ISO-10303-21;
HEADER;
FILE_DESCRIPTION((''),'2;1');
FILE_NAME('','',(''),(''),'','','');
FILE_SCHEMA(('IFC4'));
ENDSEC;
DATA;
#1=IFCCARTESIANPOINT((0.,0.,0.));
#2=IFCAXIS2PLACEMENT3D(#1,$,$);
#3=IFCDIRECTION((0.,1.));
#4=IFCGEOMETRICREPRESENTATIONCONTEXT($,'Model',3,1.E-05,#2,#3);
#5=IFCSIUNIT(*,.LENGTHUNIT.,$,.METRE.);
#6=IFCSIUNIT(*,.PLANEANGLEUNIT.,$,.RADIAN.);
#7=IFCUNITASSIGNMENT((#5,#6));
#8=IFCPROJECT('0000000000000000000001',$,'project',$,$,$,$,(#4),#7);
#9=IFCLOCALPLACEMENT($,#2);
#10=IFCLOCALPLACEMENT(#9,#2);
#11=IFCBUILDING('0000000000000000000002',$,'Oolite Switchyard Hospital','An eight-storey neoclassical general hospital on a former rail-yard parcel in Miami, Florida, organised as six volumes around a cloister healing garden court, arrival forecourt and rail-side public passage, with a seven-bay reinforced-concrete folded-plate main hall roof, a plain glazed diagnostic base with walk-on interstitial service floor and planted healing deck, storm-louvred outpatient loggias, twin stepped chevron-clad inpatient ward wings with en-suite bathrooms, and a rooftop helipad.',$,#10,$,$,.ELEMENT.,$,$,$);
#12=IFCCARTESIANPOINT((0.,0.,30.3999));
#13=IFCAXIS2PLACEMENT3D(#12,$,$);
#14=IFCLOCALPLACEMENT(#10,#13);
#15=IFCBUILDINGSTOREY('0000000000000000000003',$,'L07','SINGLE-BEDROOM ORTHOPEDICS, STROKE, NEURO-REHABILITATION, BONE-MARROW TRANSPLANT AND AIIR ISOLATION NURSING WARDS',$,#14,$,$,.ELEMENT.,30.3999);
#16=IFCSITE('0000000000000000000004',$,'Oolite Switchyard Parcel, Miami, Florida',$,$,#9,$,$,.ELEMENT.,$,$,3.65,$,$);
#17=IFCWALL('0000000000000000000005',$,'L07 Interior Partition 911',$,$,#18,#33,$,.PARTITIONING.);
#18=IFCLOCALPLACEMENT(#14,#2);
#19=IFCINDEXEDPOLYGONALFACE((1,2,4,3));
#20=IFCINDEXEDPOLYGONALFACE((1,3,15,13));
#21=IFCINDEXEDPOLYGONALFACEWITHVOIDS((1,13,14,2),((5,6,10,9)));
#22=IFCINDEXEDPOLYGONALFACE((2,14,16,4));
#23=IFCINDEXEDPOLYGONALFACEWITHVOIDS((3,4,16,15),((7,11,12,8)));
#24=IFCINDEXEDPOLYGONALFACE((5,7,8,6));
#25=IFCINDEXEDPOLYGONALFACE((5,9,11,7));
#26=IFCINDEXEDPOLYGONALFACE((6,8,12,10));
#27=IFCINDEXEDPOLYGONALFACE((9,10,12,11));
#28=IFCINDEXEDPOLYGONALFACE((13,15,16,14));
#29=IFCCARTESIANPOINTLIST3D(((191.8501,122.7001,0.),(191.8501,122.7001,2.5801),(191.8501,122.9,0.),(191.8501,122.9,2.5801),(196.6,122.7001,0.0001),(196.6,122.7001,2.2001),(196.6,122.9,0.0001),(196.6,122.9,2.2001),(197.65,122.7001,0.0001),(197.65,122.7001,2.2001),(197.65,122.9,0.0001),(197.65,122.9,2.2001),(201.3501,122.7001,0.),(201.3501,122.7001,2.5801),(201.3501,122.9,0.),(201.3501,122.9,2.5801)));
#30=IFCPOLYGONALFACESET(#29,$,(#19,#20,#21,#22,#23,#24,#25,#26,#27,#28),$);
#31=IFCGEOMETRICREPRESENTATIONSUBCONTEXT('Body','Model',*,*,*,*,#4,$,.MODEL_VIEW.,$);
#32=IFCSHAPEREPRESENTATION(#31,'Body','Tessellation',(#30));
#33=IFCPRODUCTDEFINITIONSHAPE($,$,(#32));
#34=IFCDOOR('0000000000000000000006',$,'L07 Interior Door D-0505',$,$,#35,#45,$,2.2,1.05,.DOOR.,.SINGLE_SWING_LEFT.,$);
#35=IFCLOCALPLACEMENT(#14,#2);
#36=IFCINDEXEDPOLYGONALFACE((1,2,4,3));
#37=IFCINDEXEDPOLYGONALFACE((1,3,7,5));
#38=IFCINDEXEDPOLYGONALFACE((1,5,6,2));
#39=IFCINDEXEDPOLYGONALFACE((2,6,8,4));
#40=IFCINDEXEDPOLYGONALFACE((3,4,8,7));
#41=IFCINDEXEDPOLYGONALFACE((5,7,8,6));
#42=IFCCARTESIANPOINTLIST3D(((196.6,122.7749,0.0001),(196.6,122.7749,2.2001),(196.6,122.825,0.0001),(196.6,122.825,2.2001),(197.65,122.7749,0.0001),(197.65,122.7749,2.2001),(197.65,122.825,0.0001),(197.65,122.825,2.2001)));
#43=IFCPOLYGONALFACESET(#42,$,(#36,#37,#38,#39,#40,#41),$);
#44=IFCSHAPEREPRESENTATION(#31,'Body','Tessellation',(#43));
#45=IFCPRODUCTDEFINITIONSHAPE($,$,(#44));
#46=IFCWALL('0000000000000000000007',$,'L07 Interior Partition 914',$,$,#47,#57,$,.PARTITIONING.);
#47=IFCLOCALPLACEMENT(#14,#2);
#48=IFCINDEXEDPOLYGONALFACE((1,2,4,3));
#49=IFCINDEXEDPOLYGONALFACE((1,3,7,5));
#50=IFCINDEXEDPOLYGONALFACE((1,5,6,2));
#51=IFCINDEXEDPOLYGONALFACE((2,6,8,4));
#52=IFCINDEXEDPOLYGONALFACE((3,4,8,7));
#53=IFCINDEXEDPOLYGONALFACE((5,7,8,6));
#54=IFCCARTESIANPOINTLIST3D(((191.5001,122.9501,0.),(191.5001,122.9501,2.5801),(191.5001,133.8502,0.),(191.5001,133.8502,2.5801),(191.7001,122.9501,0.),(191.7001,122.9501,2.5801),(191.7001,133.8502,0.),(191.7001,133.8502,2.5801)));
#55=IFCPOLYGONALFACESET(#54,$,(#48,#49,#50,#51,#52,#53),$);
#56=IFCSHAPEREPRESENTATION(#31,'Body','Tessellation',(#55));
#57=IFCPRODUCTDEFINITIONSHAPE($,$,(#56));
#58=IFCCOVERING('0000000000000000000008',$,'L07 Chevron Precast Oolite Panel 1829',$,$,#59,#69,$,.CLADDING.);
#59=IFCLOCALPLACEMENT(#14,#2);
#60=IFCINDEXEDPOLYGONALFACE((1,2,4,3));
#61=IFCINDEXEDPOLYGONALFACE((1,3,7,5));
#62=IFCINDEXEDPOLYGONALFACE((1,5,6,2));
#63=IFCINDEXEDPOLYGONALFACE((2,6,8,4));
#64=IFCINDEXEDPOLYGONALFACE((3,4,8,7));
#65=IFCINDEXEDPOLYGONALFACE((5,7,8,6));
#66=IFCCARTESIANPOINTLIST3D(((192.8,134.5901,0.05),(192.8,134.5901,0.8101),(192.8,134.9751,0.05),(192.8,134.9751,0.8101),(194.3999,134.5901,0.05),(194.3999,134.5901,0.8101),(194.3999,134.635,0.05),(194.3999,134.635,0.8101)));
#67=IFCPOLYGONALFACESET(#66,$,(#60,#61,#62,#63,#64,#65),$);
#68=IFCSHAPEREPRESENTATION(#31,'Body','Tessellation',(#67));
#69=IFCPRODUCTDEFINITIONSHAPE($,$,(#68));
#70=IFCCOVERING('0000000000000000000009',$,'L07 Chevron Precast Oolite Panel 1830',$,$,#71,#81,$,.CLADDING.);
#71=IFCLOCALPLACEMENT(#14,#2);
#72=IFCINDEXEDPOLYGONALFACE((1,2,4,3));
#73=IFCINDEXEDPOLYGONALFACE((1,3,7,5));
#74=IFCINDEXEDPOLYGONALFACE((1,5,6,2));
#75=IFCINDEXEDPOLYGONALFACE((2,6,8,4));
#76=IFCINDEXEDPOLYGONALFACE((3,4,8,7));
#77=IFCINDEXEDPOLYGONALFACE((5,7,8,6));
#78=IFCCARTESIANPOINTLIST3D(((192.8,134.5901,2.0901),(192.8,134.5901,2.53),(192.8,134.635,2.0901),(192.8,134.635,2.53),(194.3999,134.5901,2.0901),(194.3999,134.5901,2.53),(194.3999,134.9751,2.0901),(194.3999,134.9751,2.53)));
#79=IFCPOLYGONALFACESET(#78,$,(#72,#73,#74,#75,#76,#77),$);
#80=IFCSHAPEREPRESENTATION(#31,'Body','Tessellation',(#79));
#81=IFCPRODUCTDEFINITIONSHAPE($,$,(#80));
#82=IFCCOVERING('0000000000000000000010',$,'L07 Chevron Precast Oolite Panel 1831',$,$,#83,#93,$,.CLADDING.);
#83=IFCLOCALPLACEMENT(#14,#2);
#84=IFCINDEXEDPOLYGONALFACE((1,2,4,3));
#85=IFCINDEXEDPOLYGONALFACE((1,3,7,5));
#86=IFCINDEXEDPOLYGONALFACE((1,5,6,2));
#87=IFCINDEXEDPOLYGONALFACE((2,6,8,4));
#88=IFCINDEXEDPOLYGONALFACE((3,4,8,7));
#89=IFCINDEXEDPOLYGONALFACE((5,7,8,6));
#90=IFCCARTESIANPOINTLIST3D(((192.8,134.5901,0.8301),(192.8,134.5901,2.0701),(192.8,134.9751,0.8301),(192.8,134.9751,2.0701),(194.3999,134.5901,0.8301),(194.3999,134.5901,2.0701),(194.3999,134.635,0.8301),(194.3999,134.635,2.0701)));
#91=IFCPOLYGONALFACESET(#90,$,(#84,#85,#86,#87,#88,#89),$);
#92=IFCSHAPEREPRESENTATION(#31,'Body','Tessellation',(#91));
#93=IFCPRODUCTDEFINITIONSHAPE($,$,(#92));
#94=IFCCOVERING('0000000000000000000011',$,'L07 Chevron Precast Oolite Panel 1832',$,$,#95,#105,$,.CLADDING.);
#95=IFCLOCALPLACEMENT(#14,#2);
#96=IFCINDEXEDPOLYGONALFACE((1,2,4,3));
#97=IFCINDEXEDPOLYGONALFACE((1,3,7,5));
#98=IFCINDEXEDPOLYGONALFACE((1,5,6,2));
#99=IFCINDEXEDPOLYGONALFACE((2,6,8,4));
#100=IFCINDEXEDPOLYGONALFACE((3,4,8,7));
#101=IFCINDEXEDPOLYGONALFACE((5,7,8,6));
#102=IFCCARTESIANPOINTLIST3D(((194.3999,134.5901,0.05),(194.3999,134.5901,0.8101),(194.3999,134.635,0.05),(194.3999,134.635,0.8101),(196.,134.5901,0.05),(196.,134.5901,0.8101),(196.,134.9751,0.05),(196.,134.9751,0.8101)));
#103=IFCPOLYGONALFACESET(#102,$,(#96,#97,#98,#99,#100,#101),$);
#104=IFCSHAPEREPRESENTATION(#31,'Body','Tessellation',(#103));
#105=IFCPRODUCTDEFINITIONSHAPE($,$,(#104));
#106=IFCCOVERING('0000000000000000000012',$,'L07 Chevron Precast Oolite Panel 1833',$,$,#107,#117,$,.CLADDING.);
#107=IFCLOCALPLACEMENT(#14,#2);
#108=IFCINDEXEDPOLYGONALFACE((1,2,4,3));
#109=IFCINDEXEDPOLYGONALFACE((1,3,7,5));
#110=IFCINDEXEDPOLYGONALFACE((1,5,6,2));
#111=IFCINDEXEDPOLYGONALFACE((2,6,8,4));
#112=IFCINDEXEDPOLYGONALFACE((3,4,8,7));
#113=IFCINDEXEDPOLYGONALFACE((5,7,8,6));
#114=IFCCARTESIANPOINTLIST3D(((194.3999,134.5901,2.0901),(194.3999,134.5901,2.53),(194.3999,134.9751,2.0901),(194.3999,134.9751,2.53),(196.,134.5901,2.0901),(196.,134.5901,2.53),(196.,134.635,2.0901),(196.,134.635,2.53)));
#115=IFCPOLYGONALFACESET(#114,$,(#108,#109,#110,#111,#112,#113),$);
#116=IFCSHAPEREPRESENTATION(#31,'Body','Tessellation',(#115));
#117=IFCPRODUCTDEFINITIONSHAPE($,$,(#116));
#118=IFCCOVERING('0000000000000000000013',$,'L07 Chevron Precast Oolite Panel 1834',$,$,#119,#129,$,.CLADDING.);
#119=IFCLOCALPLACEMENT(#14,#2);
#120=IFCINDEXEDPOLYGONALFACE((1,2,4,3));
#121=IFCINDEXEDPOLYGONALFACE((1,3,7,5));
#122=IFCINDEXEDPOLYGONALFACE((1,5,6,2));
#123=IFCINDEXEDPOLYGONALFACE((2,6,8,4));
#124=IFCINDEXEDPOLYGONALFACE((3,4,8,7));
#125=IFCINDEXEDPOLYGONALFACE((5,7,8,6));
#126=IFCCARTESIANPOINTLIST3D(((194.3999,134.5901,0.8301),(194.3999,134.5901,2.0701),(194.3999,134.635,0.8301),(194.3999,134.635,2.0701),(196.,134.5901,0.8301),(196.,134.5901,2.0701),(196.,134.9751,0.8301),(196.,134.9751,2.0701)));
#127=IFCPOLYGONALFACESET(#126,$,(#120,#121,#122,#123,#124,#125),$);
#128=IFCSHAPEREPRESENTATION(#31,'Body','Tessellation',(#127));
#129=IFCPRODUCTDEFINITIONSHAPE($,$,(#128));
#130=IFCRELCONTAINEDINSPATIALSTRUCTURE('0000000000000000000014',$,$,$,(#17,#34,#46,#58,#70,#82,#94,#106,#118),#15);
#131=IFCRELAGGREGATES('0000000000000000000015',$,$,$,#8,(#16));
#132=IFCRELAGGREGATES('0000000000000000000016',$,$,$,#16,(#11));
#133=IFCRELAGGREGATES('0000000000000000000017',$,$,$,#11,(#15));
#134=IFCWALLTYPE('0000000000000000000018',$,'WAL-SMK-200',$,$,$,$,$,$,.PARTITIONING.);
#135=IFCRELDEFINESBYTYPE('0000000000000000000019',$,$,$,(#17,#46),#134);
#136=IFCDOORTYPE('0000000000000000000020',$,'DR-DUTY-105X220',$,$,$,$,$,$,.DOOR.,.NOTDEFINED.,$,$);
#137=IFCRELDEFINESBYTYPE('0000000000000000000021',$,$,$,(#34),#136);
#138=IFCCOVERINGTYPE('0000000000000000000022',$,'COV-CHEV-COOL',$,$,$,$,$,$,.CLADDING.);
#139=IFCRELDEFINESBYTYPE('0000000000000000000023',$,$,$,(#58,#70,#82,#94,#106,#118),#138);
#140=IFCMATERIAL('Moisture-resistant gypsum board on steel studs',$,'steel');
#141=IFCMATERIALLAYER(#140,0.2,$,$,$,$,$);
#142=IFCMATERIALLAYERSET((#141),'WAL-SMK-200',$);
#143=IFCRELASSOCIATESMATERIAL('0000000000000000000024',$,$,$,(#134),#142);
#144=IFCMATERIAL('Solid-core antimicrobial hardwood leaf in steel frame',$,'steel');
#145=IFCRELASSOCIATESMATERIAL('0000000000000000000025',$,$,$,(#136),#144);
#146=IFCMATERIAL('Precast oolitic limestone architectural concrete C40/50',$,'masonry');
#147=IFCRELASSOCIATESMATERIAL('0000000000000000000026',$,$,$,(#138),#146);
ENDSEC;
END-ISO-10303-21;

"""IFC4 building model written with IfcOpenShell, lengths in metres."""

from ifc_helpers import new_model, si_unit, direction, frame, frame_2d, origin, place, context, subcontext, project, spatial, polyline, rectangle, outline, extrude, material, layer, layer_set, type_object, element, fill, save


model = new_model("IFC4")

# Units and contexts
model_context = context("Model", 3, precision=1e-05, world=origin(), true_north=direction((0.0, 1.0)))
body_context = subcontext(model_context, "Body", "Model", "MODEL_VIEW")
ifc_project = project(units=[si_unit("LENGTHUNIT", "METRE"), si_unit("PLANEANGLEUNIT", "RADIAN")], contexts=[model_context])

# Site, building, storey
site_placement = place(None, origin())
site = spatial("IfcSite", under=ifc_project, at=site_placement, Name="Oolite Switchyard Parcel, Miami, Florida", CompositionType="ELEMENT", RefElevation=3.65)
building_placement = place(site_placement, origin())
building = spatial("IfcBuilding", under=site, at=building_placement, Name="Oolite Switchyard Hospital", Description="An eight-storey neoclassical general hospital on a former rail-yard parcel in Miami, Florida, organised as six volumes around a cloister healing garden court, arrival forecourt and rail-side public passage, with a seven-bay reinforced-concrete folded-plate main hall roof, a plain glazed diagnostic base with walk-on interstitial service floor and planted healing deck, storm-louvred outpatient loggias, twin stepped chevron-clad inpatient ward wings with en-suite bathrooms, and a rooftop helipad.", CompositionType="ELEMENT")
storey_placement = place(building_placement, frame((0.0, 0.0, 30.3999)))
storey = spatial("IfcBuildingStorey", under=building, at=storey_placement, Name="L07", Description="SINGLE-BEDROOM ORTHOPEDICS, STROKE, NEURO-REHABILITATION, BONE-MARROW TRANSPLANT AND AIIR ISOLATION NURSING WARDS", CompositionType="ELEMENT", Elevation=30.3999)

# Shared definitions
ifc_material_1 = material(Name="Precast oolitic limestone architectural concrete C40/50", Category="masonry")

# Shared definitions
ifc_material_2 = material(Name="Moisture-resistant gypsum board on steel studs", Category="steel")
ifc_material_3 = material(Name="Solid-core antimicrobial hardwood leaf in steel frame", Category="steel")

# Wall, opening, door
ifc_layer_1 = layer(ifc_material_2, 0.2)
ifc_layer_set_1 = layer_set([ifc_layer_1], Name="WAL-SMK-200")
wall_type_1 = type_object("IfcWallType", Name="WAL-SMK-200", PredefinedType="PARTITIONING", material=ifc_layer_set_1)
wall_1_placement = place(storey_placement, frame((191.8501, 122.8, 0.0), z_axis=(0.0, 0.0, 1.0), x_axis=(1.0, 0.0, 0.0)))
wall_1 = element("IfcWall", 1, at=wall_1_placement, inside=storey, type_object=wall_type_1, Name="L07 Interior Partition 911", PredefinedType="PARTITIONING", context=body_context, shape_type="SweptSolid", body=[
    extrude(rectangle(XDim=9.5, YDim=0.2, at=frame_2d((4.75, 0.0))), origin(), (0.0, 0.0, 1.0), 2.5801),
])
opening_1_placement = place(wall_1_placement, frame((4.75, 0.0, 0.0)))
opening_1 = element("IfcOpeningElement", 2, at=opening_1_placement, cuts=wall_1, PredefinedType="OPENING", context=body_context, shape_type="SweptSolid", body=[
    extrude(rectangle(XDim=1.05, YDim=2.2, at=frame_2d((0.5249, 1.1001))), frame((0.0, 0.1099, 0.0), z_axis=(0.0, -1.0, 0.0), x_axis=(1.0, 0.0, 0.0)), (0.0, 0.0, 1.0), 0.22),
])
door_type_1 = type_object("IfcDoorType", Name="DR-DUTY-105X220", OperationType="NOTDEFINED", PredefinedType="DOOR", material=ifc_material_3)
door_1_placement = place(opening_1_placement, origin())
door_1 = element("IfcDoor", 3, at=door_1_placement, inside=storey, type_object=door_type_1, Name="L07 Interior Door D-0505", OperationType="SINGLE_SWING_LEFT", OverallHeight=2.2, OverallWidth=1.05, PredefinedType="DOOR", context=body_context, shape_type="SweptSolid", body=[
    extrude(rectangle(XDim=1.05, YDim=2.2, at=frame_2d((0.5249, 1.1001))), frame((0.0, 0.0249, 0.0), z_axis=(0.0, -1.0, 0.0), x_axis=(1.0, 0.0, 0.0)), (0.0, 0.0, 1.0), 0.05),
])
fill(opening_1, door_1)

# Wall
wall_2_placement = place(storey_placement, frame((191.6001, 122.95, 0.0), z_axis=(0.0, 0.0, 1.0), x_axis=(0.0, 1.0, 0.0)))
element("IfcWall", 4, at=wall_2_placement, inside=storey, type_object=wall_type_1, Name="L07 Interior Partition 914", PredefinedType="PARTITIONING", context=body_context, shape_type="SweptSolid", body=[
    extrude(rectangle(XDim=10.9001, YDim=0.2, at=frame_2d((5.4502, 0.0))), origin(), (0.0, 0.0, 1.0), 2.5801),
])

# Coverings
covering_type = type_object("IfcCoveringType", Name="COV-CHEV-COOL", PredefinedType="CLADDING", material=ifc_material_1)
covering_1_placement = place(storey_placement, frame((192.8, 134.5901, 0.05), z_axis=(0.0, 0.0, 1.0), x_axis=(1.0, 0.0, 0.0)))
element("IfcCovering", 5, at=covering_1_placement, inside=storey, type_object=covering_type, Name="L07 Chevron Precast Oolite Panel 1829", PredefinedType="CLADDING", context=body_context, shape_type="SweptSolid", body=[
    extrude(outline(polyline([(0.0, 0.0), (1.5999, 0.0), (1.5999, 0.0449), (0.0, 0.385), (0.0, 0.0)])), origin(), (0.0, 0.0, 1.0), 0.76),
])
covering_2_placement = place(storey_placement, frame((192.8, 134.5901, 2.0901), z_axis=(0.0, 0.0, 1.0), x_axis=(1.0, 0.0, 0.0)))
element("IfcCovering", 6, at=covering_2_placement, inside=storey, type_object=covering_type, Name="L07 Chevron Precast Oolite Panel 1830", PredefinedType="CLADDING", context=body_context, shape_type="SweptSolid", body=[
    extrude(outline(polyline([(0.0, 0.0), (1.5999, 0.0), (1.5999, 0.385), (0.0, 0.0449), (0.0, 0.0)])), origin(), (0.0, 0.0, 1.0), 0.4399),
])
covering_3_placement = place(storey_placement, frame((192.8, 134.5901, 0.8301), z_axis=(0.0, 0.0, 1.0), x_axis=(1.0, 0.0, 0.0)))
element("IfcCovering", 7, at=covering_3_placement, inside=storey, type_object=covering_type, Name="L07 Chevron Precast Oolite Panel 1831", PredefinedType="CLADDING", context=body_context, shape_type="SweptSolid", body=[
    extrude(outline(polyline([(0.0, 0.0), (1.5999, 0.0), (1.5999, 0.0449), (0.0, 0.385), (0.0, 0.0)])), origin(), (0.0, 0.0, 1.0), 1.24),
])
covering_4_placement = place(storey_placement, frame((194.3999, 134.5901, 0.05), z_axis=(0.0, 0.0, 1.0), x_axis=(1.0, 0.0, 0.0)))
element("IfcCovering", 8, at=covering_4_placement, inside=storey, type_object=covering_type, Name="L07 Chevron Precast Oolite Panel 1832", PredefinedType="CLADDING", context=body_context, shape_type="SweptSolid", body=[
    extrude(outline(polyline([(0.0, 0.0), (1.6001, 0.0), (1.6001, 0.385), (0.0, 0.0449), (0.0, 0.0)])), origin(), (0.0, 0.0, 1.0), 0.76),
])
covering_5_placement = place(storey_placement, frame((194.3999, 134.5901, 2.0901), z_axis=(0.0, 0.0, 1.0), x_axis=(1.0, 0.0, 0.0)))
element("IfcCovering", 9, at=covering_5_placement, inside=storey, type_object=covering_type, Name="L07 Chevron Precast Oolite Panel 1833", PredefinedType="CLADDING", context=body_context, shape_type="SweptSolid", body=[
    extrude(outline(polyline([(0.0, 0.0), (1.6001, 0.0), (1.6001, 0.0449), (0.0, 0.385), (0.0, 0.0)])), origin(), (0.0, 0.0, 1.0), 0.4399),
])
covering_6_placement = place(storey_placement, frame((194.3999, 134.5901, 0.8301), z_axis=(0.0, 0.0, 1.0), x_axis=(1.0, 0.0, 0.0)))
element("IfcCovering", 10, at=covering_6_placement, inside=storey, type_object=covering_type, Name="L07 Chevron Precast Oolite Panel 1834", PredefinedType="CLADDING", context=body_context, shape_type="SweptSolid", body=[
    extrude(outline(polyline([(0.0, 0.0), (1.6001, 0.0), (1.6001, 0.385), (0.0, 0.0449), (0.0, 0.0)])), origin(), (0.0, 0.0, 1.0), 1.24),
])

save(model, "model.ifc")
